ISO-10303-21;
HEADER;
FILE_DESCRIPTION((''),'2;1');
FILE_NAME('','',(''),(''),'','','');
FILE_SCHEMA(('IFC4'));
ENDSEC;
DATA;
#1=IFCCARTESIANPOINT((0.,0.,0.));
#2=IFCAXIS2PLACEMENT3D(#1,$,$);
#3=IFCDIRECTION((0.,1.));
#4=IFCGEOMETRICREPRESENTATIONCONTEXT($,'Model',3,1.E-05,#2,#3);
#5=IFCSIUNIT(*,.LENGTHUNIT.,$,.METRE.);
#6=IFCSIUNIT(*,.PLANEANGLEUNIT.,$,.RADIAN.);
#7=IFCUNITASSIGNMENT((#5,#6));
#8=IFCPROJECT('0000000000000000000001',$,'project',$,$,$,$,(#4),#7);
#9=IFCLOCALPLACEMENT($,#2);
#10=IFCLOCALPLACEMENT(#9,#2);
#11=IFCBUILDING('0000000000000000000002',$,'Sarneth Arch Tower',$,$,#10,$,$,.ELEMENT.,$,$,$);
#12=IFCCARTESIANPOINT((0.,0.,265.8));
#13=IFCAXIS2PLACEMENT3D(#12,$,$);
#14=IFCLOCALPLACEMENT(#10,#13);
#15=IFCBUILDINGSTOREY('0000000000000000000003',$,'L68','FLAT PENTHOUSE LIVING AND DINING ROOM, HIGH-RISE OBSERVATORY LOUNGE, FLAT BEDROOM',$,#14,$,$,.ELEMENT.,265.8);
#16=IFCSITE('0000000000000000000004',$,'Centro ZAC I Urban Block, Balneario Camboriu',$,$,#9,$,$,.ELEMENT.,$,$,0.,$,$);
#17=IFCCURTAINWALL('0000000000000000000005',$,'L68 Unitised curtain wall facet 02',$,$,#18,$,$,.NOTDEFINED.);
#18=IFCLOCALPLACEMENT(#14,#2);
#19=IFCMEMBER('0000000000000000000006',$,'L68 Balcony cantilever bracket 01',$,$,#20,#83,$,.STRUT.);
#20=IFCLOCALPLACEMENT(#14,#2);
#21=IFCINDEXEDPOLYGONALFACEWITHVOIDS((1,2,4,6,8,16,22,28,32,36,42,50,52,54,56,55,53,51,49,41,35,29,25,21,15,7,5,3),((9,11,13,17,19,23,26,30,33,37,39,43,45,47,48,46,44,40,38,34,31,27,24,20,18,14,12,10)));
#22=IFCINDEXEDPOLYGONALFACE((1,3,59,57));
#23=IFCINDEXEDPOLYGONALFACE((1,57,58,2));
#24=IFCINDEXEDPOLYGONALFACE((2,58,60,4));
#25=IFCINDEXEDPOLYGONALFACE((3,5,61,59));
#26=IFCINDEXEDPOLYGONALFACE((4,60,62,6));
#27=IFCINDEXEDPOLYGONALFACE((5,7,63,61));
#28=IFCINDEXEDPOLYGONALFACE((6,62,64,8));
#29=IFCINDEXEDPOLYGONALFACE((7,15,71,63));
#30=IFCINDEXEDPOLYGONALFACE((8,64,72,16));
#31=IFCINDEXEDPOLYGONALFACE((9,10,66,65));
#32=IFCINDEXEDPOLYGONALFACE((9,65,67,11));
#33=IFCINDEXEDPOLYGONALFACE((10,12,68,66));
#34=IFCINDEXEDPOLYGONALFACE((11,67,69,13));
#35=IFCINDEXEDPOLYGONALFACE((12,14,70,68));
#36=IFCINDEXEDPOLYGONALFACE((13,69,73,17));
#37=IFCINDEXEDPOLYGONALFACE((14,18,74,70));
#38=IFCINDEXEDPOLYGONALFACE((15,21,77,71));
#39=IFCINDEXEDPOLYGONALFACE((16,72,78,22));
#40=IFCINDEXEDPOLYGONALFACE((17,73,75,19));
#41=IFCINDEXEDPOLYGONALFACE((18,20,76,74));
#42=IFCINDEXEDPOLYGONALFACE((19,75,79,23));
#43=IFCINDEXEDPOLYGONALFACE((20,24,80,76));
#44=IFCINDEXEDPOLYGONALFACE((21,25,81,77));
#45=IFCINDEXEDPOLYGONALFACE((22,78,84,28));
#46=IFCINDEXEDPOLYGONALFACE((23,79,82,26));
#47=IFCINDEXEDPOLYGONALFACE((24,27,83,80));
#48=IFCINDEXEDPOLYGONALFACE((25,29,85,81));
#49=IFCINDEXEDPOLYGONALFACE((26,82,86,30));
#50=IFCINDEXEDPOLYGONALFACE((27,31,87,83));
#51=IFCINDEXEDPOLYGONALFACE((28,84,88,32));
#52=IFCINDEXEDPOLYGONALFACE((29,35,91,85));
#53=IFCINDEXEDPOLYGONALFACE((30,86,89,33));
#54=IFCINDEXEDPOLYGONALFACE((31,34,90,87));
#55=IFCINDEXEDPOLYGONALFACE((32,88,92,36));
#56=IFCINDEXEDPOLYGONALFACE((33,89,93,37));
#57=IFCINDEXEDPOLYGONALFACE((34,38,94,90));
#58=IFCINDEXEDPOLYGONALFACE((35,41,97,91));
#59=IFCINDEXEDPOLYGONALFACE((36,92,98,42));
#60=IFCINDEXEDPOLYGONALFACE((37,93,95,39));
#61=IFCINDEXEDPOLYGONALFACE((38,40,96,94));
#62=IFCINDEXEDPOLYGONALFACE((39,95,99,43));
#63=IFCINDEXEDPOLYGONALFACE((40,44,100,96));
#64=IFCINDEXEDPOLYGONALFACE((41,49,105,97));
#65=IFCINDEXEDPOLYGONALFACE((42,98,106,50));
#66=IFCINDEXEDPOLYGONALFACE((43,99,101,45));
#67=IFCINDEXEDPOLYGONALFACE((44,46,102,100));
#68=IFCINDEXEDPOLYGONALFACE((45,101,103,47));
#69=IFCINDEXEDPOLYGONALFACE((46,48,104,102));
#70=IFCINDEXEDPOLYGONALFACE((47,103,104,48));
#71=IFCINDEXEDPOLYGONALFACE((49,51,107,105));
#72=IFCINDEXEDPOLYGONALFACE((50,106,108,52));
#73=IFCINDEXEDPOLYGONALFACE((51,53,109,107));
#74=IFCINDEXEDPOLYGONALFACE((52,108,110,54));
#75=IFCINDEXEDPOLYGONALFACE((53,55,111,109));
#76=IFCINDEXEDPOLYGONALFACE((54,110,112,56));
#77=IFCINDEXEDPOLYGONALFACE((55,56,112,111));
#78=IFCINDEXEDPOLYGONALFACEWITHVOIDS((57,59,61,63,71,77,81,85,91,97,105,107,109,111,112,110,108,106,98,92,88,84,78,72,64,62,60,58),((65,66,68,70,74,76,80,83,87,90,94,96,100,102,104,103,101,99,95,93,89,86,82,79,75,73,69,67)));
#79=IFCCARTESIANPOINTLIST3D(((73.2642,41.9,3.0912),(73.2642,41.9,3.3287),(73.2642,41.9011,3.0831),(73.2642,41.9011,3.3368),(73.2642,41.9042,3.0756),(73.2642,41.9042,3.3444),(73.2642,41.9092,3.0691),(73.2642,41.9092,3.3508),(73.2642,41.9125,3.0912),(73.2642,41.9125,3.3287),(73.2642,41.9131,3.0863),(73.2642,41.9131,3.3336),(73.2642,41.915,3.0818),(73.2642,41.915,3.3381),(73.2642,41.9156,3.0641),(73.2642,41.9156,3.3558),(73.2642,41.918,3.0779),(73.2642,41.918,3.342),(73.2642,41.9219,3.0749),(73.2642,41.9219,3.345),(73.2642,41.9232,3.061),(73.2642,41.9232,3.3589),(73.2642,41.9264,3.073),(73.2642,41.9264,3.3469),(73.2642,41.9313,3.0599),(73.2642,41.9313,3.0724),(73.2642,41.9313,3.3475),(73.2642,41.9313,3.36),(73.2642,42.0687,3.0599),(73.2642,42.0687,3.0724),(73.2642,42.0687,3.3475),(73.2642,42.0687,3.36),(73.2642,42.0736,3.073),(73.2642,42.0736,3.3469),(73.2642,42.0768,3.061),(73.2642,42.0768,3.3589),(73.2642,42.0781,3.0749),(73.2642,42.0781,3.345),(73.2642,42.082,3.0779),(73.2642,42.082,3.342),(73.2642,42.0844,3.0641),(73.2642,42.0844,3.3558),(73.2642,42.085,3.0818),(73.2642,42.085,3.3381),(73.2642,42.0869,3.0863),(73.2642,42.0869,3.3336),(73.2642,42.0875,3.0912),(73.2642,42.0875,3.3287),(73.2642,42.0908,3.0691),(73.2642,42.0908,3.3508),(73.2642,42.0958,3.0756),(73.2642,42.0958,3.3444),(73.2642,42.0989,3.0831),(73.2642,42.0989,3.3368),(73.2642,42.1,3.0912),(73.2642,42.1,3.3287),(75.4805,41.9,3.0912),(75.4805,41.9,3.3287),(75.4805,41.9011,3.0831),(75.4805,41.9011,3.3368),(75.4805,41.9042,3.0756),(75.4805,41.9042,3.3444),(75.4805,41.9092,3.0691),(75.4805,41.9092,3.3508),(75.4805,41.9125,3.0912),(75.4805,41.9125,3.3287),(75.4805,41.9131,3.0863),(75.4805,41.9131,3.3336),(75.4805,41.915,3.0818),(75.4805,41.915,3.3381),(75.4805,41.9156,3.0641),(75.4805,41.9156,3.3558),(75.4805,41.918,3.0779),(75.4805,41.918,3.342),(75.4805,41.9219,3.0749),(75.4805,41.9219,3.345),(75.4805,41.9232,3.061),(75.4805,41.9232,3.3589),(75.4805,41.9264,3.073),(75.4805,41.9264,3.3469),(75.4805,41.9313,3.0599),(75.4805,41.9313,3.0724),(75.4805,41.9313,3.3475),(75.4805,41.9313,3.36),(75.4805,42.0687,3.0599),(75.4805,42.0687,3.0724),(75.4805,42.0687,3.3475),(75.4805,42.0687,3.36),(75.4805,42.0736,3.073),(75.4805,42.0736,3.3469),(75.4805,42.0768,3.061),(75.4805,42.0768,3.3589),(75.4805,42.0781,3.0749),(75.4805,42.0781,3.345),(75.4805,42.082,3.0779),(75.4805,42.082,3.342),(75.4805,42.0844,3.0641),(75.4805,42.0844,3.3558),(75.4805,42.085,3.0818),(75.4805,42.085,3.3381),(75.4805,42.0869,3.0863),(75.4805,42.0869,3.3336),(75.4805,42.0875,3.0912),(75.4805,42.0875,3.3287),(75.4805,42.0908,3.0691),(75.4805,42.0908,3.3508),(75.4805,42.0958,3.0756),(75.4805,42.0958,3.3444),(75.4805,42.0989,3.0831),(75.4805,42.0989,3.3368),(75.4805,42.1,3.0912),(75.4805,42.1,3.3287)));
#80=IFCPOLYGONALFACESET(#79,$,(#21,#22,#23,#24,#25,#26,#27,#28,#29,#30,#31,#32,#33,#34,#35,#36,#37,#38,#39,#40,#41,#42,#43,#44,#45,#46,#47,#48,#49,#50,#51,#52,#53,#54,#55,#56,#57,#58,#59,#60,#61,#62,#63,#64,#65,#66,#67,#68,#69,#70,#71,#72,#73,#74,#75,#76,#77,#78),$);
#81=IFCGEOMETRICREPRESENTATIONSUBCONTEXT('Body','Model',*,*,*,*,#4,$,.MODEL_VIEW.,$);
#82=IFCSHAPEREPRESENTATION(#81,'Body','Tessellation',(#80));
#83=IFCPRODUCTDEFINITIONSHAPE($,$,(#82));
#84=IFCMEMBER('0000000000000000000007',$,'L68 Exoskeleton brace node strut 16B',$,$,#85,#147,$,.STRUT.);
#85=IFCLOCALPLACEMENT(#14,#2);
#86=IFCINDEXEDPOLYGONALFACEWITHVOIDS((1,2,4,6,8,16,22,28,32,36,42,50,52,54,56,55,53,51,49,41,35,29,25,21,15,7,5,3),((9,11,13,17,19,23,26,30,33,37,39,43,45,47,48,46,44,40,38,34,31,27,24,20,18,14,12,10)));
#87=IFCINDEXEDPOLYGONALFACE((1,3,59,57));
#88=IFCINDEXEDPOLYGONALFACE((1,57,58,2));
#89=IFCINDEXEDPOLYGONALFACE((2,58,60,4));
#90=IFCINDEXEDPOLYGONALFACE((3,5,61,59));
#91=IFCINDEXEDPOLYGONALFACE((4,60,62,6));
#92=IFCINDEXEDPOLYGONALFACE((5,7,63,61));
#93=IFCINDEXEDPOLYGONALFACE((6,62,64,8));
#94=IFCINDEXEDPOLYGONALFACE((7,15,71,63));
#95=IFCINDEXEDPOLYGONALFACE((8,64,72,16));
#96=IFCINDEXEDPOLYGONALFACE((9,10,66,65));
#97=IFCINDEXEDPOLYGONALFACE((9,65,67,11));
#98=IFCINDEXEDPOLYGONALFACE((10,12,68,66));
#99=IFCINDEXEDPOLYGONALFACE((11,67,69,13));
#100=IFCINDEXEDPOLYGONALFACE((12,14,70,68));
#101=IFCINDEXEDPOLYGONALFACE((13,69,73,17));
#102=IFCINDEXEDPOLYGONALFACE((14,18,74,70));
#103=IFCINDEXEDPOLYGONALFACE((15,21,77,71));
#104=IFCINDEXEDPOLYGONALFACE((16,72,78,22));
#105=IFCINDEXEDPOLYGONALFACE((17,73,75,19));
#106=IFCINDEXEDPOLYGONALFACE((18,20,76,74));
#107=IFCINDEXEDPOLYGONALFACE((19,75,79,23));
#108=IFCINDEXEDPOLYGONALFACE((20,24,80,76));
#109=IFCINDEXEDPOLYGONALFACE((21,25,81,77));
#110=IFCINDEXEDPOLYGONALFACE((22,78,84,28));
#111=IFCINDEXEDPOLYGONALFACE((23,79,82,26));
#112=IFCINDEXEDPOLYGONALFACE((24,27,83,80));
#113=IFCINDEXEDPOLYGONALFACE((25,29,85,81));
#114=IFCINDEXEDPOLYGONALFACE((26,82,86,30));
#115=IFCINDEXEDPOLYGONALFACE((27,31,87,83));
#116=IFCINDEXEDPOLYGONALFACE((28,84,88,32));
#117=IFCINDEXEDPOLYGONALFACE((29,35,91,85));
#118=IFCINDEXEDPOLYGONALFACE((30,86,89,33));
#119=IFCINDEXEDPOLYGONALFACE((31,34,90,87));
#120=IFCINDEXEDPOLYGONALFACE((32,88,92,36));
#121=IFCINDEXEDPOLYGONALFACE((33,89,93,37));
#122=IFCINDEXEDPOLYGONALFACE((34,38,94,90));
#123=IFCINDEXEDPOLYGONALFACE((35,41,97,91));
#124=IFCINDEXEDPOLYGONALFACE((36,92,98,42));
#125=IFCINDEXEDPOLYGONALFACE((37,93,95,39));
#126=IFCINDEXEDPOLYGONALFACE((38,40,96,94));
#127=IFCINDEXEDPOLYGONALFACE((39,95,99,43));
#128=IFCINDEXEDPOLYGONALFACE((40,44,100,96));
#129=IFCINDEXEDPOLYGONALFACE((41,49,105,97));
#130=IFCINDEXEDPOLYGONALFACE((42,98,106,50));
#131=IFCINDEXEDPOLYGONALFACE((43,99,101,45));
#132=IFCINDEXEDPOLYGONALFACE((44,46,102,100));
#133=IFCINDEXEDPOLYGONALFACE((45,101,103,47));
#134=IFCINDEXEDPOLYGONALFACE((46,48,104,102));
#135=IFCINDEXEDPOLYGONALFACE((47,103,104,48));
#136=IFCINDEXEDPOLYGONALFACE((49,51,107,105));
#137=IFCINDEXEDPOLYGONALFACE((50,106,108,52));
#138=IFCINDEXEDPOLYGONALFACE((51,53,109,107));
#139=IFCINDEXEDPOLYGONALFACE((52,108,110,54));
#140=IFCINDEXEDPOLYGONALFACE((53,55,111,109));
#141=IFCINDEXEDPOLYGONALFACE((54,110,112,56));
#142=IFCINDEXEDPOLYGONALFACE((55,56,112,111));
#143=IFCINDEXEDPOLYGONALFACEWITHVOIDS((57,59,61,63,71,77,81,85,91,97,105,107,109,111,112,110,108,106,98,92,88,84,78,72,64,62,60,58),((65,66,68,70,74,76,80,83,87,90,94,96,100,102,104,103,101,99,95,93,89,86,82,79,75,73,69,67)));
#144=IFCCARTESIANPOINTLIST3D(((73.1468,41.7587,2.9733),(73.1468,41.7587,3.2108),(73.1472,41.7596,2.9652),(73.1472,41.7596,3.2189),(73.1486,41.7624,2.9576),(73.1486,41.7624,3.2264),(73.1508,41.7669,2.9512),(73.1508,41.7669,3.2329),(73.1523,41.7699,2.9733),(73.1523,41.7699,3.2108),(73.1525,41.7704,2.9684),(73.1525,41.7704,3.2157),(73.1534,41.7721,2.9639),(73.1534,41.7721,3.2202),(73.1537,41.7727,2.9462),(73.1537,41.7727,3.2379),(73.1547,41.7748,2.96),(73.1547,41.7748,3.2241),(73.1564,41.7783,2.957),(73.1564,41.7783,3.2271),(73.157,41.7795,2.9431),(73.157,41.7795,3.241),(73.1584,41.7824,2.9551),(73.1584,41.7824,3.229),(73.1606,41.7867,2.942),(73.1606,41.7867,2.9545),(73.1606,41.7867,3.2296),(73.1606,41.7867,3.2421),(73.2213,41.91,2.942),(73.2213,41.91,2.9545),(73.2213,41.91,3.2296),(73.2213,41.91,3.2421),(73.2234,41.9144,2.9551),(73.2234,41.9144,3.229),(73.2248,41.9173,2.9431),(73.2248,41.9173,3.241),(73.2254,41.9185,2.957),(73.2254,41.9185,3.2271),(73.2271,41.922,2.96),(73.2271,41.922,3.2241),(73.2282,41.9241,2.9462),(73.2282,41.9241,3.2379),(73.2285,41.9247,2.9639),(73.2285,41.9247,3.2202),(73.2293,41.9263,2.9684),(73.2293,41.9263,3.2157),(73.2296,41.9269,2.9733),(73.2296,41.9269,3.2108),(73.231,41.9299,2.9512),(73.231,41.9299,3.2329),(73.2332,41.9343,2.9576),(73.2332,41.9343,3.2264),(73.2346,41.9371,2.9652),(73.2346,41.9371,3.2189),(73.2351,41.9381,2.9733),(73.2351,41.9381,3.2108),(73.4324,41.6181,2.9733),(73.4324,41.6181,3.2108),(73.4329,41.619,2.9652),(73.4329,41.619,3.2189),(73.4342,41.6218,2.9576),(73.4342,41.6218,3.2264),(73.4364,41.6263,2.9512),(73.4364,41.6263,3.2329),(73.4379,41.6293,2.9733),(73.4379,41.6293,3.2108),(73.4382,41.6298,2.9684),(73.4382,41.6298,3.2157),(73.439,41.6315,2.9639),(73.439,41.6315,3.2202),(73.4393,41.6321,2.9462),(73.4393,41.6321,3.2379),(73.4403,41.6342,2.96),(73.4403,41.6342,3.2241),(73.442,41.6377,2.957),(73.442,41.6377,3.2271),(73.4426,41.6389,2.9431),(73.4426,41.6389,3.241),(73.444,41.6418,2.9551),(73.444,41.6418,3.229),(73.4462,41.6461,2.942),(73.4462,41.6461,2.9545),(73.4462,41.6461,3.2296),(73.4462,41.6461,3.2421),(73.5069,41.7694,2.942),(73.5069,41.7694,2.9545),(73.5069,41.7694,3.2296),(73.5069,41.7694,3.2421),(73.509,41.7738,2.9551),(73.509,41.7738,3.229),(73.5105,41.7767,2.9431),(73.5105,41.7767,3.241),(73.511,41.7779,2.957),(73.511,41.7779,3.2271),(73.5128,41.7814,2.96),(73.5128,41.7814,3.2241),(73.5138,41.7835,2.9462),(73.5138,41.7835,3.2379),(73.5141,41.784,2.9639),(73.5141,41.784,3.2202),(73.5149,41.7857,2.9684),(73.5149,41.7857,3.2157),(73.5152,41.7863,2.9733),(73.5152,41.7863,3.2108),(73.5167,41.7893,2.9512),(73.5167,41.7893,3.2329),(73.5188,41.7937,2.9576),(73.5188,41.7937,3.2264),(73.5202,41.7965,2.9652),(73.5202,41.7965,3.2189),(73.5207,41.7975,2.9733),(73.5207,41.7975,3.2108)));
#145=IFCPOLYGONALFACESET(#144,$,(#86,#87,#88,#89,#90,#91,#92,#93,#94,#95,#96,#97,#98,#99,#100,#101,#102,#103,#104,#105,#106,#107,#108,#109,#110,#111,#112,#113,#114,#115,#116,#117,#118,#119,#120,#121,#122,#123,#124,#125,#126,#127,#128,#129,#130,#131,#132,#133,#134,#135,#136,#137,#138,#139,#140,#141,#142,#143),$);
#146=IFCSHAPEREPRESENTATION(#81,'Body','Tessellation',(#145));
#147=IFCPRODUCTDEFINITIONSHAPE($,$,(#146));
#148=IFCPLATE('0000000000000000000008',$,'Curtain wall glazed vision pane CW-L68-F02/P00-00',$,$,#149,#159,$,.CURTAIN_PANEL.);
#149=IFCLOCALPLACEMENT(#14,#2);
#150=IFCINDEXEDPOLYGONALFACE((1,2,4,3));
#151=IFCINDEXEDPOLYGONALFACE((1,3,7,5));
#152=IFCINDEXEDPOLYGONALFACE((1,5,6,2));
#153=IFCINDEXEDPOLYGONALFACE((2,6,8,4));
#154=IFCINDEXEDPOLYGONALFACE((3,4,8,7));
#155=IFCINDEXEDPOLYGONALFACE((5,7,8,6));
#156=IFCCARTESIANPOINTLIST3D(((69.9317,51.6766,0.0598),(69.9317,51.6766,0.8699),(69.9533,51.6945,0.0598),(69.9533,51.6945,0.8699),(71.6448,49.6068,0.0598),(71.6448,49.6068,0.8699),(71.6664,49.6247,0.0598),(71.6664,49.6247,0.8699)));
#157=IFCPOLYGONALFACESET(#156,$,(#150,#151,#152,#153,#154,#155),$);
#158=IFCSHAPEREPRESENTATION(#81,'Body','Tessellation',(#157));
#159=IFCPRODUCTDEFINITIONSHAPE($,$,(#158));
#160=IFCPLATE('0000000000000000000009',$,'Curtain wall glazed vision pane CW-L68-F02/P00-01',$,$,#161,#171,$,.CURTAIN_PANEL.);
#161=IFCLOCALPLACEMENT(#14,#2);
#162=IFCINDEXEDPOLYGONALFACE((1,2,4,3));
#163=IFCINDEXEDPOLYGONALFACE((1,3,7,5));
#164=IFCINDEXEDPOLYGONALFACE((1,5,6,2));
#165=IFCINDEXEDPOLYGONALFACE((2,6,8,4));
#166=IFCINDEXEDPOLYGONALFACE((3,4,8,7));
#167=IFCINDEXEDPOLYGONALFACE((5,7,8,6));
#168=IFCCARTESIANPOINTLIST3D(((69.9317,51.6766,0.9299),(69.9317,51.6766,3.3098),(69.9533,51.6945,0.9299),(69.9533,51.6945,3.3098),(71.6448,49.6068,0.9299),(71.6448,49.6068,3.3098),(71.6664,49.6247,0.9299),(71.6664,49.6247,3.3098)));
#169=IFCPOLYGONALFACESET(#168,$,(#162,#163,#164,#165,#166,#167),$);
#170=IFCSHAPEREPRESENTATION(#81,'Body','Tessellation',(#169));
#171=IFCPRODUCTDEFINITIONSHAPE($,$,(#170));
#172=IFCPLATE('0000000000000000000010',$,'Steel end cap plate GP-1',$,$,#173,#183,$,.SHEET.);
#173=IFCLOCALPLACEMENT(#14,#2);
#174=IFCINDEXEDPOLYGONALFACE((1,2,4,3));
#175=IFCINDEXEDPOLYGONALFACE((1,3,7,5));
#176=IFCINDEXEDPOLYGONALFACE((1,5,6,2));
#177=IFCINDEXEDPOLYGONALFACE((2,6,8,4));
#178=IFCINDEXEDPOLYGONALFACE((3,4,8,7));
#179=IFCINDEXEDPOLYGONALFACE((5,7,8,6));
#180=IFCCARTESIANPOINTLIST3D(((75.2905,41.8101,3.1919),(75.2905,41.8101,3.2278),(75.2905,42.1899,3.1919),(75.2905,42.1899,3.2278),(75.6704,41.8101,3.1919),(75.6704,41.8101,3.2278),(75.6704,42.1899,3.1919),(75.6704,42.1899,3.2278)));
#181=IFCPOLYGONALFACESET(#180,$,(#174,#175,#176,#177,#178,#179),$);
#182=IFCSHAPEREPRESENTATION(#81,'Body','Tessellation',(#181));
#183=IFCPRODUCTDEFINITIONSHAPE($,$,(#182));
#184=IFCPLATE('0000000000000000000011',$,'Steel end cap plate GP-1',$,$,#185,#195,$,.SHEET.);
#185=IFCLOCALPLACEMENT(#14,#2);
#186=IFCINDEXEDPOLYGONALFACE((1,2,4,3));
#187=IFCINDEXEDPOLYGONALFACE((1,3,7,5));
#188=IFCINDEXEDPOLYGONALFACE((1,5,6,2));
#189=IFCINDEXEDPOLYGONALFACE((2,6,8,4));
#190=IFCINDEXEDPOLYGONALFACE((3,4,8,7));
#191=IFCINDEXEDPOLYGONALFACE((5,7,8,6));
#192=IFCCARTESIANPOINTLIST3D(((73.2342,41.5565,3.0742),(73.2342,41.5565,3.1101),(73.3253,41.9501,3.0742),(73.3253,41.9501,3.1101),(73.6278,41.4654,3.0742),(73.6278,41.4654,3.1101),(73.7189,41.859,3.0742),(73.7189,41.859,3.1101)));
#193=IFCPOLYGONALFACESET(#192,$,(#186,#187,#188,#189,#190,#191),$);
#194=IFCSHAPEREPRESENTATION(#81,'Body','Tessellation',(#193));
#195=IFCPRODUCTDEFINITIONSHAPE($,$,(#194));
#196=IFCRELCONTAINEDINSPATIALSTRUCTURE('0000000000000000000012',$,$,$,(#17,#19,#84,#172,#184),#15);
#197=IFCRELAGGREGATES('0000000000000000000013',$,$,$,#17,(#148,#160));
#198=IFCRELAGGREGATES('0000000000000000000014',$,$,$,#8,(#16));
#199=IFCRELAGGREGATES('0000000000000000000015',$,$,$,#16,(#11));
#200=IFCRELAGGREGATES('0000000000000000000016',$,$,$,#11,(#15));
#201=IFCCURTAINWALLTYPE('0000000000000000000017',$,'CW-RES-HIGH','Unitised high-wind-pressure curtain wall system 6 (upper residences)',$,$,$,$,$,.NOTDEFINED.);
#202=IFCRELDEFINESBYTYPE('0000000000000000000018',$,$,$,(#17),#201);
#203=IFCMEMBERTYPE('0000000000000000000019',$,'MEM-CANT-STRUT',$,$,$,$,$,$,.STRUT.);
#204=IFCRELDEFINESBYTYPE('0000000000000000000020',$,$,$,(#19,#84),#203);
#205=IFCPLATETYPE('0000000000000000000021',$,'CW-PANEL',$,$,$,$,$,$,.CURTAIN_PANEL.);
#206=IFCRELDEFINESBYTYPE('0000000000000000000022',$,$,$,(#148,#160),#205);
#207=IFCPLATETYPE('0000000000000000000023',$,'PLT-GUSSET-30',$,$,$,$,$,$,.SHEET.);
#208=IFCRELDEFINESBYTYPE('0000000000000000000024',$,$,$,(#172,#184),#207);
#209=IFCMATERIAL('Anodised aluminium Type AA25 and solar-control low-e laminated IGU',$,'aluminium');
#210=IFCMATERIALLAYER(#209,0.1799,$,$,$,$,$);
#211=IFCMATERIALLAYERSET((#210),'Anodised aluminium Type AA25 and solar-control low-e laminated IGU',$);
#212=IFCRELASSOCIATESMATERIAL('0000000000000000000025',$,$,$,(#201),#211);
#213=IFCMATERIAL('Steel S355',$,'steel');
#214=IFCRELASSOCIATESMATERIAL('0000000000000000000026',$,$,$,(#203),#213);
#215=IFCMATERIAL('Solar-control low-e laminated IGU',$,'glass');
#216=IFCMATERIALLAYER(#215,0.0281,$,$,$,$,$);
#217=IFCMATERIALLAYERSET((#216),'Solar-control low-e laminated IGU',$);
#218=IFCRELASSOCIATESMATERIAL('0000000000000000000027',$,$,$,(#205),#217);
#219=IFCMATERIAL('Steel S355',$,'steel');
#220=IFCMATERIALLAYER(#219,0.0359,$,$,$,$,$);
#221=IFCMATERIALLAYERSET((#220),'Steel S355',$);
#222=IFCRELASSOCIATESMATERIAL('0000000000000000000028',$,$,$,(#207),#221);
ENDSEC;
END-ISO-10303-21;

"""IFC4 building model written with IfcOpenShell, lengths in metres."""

from ifc_helpers import new_model, si_unit, direction, frame, origin, origin_2d, place, context, subcontext, project, spatial, rectangle, hollow_rectangle, extrude, material, layer, layer_set, material_profile, profile_set, type_object, element, aggregate, save


model = new_model("IFC4")

# Units and contexts
model_context = context("Model", 3, precision=1e-05, world=origin(), true_north=direction((0.0, 1.0)))
body_context = subcontext(model_context, "Body", "Model", "MODEL_VIEW")
ifc_project = project(units=[si_unit("LENGTHUNIT", "METRE"), si_unit("PLANEANGLEUNIT", "RADIAN")], contexts=[model_context])

# Site, building, storey
site_placement = place(None, origin())
site = spatial("IfcSite", under=ifc_project, at=site_placement, Name="Centro ZAC I Urban Block, Balneario Camboriu", CompositionType="ELEMENT", RefElevation=0.0)
building_placement = place(site_placement, origin())
building = spatial("IfcBuilding", under=site, at=building_placement, Name="Sarneth Arch Tower", CompositionType="ELEMENT")
storey_placement = place(building_placement, frame((0.0, 0.0, 265.8)))
storey = spatial("IfcBuildingStorey", under=building, at=storey_placement, Name="L68", Description="FLAT PENTHOUSE LIVING AND DINING ROOM, HIGH-RISE OBSERVATORY LOUNGE, FLAT BEDROOM", CompositionType="ELEMENT", Elevation=265.8)

# Curtain wall
ifc_material_1 = material(Name="Anodised aluminium Type AA25 and solar-control low-e laminated IGU", Category="aluminium")
ifc_layer_1 = layer(ifc_material_1, 0.1799)
ifc_layer_set_1 = layer_set([ifc_layer_1], Name="Anodised aluminium Type AA25 and solar-control low-e laminated IGU")
curtain_wall_type = type_object("IfcCurtainWallType", Name="CW-RES-HIGH", Description="Unitised high-wind-pressure curtain wall system 6 (upper residences)", PredefinedType="NOTDEFINED", material=ifc_layer_set_1)
curtain_wall_placement = place(storey_placement, origin())
curtain_wall = element("IfcCurtainWall", 1, at=curtain_wall_placement, inside=storey, type_object=curtain_wall_type, Name="L68 Unitised curtain wall facet 02", PredefinedType="NOTDEFINED")

# Members
ifc_material_2 = material(Name="Steel S355", Category="steel")
ifc_material_profile_1 = material_profile(ifc_material_2, hollow_rectangle(XDim=0.2, YDim=0.3, WallThickness=0.0125, InnerFilletRadius=0.0188, OuterFilletRadius=0.0312, at=origin_2d()), Name="RHS300x200x12.5")
ifc_profile_set_1 = profile_set([ifc_material_profile_1], Name="Steel S355")
member_type_1 = type_object("IfcMemberType", Name="MEM-CANT-STRUT", PredefinedType="STRUT", material=ifc_profile_set_1)
member_1_placement = place(storey_placement, frame((73.2642, 42.0, 3.21), z_axis=(1.0, 0.0, 0.0), x_axis=(0.0, 1.0, 0.0)))
element("IfcMember", 2, at=member_1_placement, inside=storey, type_object=member_type_1, Name="L68 Balcony cantilever bracket 01", PredefinedType="STRUT", context=body_context, shape_type="SweptSolid", body=[
    extrude(hollow_rectangle(XDim=0.2, YDim=0.3, WallThickness=0.0125, InnerFilletRadius=0.0188, OuterFilletRadius=0.0312, at=origin_2d()), origin(), (0.0, 0.0, 1.0), 2.2163),
])
member_2_placement = place(storey_placement, frame((73.1909, 41.8484, 3.092), z_axis=(0.897171, -0.441684, 0.0), x_axis=(0.441684, 0.897171, 0.0)))
element("IfcMember", 3, at=member_2_placement, inside=storey, type_object=member_type_1, Name="L68 Exoskeleton brace node strut 16B", PredefinedType="STRUT", context=body_context, shape_type="SweptSolid", body=[
    extrude(hollow_rectangle(XDim=0.2, YDim=0.3, WallThickness=0.0125, InnerFilletRadius=0.0188, OuterFilletRadius=0.0312, at=origin_2d()), origin(), (0.0, 0.0, 1.0), 0.3184),
])

# Plates
ifc_material_3 = material(Name="Solar-control low-e laminated IGU", Category="glass")
ifc_layer_2 = layer(ifc_material_3, 0.0281)
ifc_layer_set_2 = layer_set([ifc_layer_2], Name="Solar-control low-e laminated IGU")
plate_type_1 = type_object("IfcPlateType", Name="CW-PANEL", PredefinedType="CURTAIN_PANEL", material=ifc_layer_set_2)
plate_1_placement = place(storey_placement, frame((70.7991, 50.6506, 0.0598), z_axis=(0.0, 0.0, 1.0), x_axis=(-0.63761, 0.770359, 0.0)))
plate_1 = element("IfcPlate", 4, at=plate_1_placement, type_object=plate_type_1, Name="Curtain wall glazed vision pane CW-L68-F02/P00-00", PredefinedType="CURTAIN_PANEL", context=body_context, shape_type="SweptSolid", body=[
    extrude(rectangle(XDim=2.6868, YDim=0.0281, at=origin_2d()), origin(), (0.0, 0.0, 1.0), 0.8101),
])
plate_2_placement = place(storey_placement, frame((70.7991, 50.6506, 0.9299), z_axis=(0.0, 0.0, 1.0), x_axis=(-0.63761, 0.770359, 0.0)))
plate_2 = element("IfcPlate", 5, at=plate_2_placement, type_object=plate_type_1, Name="Curtain wall glazed vision pane CW-L68-F02/P00-01", PredefinedType="CURTAIN_PANEL", context=body_context, shape_type="SweptSolid", body=[
    extrude(rectangle(XDim=2.6868, YDim=0.0281, at=origin_2d()), origin(), (0.0, 0.0, 1.0), 2.3799),
])
aggregate(curtain_wall, [plate_1, plate_2])

# Plates
ifc_material_4 = material(Name="Steel S355", Category="steel")
ifc_layer_3 = layer(ifc_material_4, 0.0359)
ifc_layer_set_3 = layer_set([ifc_layer_3], Name="Steel S355")
plate_type_2 = type_object("IfcPlateType", Name="PLT-GUSSET-30", PredefinedType="SHEET", material=ifc_layer_set_3)
plate_3_placement = place(storey_placement, frame((75.4805, 42.0, 3.1919), z_axis=(0.0, 0.0, 1.0), x_axis=(1.0, 0.0, 0.0)))
element("IfcPlate", 6, at=plate_3_placement, inside=storey, type_object=plate_type_2, Name="Steel end cap plate GP-1", PredefinedType="SHEET", context=body_context, shape_type="SweptSolid", body=[
    extrude(rectangle(XDim=0.3799, YDim=0.3799, at=origin_2d()), origin(), (0.0, 0.0, 1.0), 0.0359),
])
plate_4_placement = place(storey_placement, frame((73.4766, 41.7078, 3.0742), z_axis=(0.0, 0.0, 1.0), x_axis=(0.225461, 0.974252, 0.0)))
element("IfcPlate", 7, at=plate_4_placement, inside=storey, type_object=plate_type_2, Name="Steel end cap plate GP-1", PredefinedType="SHEET", context=body_context, shape_type="SweptSolid", body=[
    extrude(rectangle(XDim=0.4041, YDim=0.4041, at=origin_2d()), origin(), (0.0, 0.0, 1.0), 0.0359),
])

save(model, "model.ifc")
